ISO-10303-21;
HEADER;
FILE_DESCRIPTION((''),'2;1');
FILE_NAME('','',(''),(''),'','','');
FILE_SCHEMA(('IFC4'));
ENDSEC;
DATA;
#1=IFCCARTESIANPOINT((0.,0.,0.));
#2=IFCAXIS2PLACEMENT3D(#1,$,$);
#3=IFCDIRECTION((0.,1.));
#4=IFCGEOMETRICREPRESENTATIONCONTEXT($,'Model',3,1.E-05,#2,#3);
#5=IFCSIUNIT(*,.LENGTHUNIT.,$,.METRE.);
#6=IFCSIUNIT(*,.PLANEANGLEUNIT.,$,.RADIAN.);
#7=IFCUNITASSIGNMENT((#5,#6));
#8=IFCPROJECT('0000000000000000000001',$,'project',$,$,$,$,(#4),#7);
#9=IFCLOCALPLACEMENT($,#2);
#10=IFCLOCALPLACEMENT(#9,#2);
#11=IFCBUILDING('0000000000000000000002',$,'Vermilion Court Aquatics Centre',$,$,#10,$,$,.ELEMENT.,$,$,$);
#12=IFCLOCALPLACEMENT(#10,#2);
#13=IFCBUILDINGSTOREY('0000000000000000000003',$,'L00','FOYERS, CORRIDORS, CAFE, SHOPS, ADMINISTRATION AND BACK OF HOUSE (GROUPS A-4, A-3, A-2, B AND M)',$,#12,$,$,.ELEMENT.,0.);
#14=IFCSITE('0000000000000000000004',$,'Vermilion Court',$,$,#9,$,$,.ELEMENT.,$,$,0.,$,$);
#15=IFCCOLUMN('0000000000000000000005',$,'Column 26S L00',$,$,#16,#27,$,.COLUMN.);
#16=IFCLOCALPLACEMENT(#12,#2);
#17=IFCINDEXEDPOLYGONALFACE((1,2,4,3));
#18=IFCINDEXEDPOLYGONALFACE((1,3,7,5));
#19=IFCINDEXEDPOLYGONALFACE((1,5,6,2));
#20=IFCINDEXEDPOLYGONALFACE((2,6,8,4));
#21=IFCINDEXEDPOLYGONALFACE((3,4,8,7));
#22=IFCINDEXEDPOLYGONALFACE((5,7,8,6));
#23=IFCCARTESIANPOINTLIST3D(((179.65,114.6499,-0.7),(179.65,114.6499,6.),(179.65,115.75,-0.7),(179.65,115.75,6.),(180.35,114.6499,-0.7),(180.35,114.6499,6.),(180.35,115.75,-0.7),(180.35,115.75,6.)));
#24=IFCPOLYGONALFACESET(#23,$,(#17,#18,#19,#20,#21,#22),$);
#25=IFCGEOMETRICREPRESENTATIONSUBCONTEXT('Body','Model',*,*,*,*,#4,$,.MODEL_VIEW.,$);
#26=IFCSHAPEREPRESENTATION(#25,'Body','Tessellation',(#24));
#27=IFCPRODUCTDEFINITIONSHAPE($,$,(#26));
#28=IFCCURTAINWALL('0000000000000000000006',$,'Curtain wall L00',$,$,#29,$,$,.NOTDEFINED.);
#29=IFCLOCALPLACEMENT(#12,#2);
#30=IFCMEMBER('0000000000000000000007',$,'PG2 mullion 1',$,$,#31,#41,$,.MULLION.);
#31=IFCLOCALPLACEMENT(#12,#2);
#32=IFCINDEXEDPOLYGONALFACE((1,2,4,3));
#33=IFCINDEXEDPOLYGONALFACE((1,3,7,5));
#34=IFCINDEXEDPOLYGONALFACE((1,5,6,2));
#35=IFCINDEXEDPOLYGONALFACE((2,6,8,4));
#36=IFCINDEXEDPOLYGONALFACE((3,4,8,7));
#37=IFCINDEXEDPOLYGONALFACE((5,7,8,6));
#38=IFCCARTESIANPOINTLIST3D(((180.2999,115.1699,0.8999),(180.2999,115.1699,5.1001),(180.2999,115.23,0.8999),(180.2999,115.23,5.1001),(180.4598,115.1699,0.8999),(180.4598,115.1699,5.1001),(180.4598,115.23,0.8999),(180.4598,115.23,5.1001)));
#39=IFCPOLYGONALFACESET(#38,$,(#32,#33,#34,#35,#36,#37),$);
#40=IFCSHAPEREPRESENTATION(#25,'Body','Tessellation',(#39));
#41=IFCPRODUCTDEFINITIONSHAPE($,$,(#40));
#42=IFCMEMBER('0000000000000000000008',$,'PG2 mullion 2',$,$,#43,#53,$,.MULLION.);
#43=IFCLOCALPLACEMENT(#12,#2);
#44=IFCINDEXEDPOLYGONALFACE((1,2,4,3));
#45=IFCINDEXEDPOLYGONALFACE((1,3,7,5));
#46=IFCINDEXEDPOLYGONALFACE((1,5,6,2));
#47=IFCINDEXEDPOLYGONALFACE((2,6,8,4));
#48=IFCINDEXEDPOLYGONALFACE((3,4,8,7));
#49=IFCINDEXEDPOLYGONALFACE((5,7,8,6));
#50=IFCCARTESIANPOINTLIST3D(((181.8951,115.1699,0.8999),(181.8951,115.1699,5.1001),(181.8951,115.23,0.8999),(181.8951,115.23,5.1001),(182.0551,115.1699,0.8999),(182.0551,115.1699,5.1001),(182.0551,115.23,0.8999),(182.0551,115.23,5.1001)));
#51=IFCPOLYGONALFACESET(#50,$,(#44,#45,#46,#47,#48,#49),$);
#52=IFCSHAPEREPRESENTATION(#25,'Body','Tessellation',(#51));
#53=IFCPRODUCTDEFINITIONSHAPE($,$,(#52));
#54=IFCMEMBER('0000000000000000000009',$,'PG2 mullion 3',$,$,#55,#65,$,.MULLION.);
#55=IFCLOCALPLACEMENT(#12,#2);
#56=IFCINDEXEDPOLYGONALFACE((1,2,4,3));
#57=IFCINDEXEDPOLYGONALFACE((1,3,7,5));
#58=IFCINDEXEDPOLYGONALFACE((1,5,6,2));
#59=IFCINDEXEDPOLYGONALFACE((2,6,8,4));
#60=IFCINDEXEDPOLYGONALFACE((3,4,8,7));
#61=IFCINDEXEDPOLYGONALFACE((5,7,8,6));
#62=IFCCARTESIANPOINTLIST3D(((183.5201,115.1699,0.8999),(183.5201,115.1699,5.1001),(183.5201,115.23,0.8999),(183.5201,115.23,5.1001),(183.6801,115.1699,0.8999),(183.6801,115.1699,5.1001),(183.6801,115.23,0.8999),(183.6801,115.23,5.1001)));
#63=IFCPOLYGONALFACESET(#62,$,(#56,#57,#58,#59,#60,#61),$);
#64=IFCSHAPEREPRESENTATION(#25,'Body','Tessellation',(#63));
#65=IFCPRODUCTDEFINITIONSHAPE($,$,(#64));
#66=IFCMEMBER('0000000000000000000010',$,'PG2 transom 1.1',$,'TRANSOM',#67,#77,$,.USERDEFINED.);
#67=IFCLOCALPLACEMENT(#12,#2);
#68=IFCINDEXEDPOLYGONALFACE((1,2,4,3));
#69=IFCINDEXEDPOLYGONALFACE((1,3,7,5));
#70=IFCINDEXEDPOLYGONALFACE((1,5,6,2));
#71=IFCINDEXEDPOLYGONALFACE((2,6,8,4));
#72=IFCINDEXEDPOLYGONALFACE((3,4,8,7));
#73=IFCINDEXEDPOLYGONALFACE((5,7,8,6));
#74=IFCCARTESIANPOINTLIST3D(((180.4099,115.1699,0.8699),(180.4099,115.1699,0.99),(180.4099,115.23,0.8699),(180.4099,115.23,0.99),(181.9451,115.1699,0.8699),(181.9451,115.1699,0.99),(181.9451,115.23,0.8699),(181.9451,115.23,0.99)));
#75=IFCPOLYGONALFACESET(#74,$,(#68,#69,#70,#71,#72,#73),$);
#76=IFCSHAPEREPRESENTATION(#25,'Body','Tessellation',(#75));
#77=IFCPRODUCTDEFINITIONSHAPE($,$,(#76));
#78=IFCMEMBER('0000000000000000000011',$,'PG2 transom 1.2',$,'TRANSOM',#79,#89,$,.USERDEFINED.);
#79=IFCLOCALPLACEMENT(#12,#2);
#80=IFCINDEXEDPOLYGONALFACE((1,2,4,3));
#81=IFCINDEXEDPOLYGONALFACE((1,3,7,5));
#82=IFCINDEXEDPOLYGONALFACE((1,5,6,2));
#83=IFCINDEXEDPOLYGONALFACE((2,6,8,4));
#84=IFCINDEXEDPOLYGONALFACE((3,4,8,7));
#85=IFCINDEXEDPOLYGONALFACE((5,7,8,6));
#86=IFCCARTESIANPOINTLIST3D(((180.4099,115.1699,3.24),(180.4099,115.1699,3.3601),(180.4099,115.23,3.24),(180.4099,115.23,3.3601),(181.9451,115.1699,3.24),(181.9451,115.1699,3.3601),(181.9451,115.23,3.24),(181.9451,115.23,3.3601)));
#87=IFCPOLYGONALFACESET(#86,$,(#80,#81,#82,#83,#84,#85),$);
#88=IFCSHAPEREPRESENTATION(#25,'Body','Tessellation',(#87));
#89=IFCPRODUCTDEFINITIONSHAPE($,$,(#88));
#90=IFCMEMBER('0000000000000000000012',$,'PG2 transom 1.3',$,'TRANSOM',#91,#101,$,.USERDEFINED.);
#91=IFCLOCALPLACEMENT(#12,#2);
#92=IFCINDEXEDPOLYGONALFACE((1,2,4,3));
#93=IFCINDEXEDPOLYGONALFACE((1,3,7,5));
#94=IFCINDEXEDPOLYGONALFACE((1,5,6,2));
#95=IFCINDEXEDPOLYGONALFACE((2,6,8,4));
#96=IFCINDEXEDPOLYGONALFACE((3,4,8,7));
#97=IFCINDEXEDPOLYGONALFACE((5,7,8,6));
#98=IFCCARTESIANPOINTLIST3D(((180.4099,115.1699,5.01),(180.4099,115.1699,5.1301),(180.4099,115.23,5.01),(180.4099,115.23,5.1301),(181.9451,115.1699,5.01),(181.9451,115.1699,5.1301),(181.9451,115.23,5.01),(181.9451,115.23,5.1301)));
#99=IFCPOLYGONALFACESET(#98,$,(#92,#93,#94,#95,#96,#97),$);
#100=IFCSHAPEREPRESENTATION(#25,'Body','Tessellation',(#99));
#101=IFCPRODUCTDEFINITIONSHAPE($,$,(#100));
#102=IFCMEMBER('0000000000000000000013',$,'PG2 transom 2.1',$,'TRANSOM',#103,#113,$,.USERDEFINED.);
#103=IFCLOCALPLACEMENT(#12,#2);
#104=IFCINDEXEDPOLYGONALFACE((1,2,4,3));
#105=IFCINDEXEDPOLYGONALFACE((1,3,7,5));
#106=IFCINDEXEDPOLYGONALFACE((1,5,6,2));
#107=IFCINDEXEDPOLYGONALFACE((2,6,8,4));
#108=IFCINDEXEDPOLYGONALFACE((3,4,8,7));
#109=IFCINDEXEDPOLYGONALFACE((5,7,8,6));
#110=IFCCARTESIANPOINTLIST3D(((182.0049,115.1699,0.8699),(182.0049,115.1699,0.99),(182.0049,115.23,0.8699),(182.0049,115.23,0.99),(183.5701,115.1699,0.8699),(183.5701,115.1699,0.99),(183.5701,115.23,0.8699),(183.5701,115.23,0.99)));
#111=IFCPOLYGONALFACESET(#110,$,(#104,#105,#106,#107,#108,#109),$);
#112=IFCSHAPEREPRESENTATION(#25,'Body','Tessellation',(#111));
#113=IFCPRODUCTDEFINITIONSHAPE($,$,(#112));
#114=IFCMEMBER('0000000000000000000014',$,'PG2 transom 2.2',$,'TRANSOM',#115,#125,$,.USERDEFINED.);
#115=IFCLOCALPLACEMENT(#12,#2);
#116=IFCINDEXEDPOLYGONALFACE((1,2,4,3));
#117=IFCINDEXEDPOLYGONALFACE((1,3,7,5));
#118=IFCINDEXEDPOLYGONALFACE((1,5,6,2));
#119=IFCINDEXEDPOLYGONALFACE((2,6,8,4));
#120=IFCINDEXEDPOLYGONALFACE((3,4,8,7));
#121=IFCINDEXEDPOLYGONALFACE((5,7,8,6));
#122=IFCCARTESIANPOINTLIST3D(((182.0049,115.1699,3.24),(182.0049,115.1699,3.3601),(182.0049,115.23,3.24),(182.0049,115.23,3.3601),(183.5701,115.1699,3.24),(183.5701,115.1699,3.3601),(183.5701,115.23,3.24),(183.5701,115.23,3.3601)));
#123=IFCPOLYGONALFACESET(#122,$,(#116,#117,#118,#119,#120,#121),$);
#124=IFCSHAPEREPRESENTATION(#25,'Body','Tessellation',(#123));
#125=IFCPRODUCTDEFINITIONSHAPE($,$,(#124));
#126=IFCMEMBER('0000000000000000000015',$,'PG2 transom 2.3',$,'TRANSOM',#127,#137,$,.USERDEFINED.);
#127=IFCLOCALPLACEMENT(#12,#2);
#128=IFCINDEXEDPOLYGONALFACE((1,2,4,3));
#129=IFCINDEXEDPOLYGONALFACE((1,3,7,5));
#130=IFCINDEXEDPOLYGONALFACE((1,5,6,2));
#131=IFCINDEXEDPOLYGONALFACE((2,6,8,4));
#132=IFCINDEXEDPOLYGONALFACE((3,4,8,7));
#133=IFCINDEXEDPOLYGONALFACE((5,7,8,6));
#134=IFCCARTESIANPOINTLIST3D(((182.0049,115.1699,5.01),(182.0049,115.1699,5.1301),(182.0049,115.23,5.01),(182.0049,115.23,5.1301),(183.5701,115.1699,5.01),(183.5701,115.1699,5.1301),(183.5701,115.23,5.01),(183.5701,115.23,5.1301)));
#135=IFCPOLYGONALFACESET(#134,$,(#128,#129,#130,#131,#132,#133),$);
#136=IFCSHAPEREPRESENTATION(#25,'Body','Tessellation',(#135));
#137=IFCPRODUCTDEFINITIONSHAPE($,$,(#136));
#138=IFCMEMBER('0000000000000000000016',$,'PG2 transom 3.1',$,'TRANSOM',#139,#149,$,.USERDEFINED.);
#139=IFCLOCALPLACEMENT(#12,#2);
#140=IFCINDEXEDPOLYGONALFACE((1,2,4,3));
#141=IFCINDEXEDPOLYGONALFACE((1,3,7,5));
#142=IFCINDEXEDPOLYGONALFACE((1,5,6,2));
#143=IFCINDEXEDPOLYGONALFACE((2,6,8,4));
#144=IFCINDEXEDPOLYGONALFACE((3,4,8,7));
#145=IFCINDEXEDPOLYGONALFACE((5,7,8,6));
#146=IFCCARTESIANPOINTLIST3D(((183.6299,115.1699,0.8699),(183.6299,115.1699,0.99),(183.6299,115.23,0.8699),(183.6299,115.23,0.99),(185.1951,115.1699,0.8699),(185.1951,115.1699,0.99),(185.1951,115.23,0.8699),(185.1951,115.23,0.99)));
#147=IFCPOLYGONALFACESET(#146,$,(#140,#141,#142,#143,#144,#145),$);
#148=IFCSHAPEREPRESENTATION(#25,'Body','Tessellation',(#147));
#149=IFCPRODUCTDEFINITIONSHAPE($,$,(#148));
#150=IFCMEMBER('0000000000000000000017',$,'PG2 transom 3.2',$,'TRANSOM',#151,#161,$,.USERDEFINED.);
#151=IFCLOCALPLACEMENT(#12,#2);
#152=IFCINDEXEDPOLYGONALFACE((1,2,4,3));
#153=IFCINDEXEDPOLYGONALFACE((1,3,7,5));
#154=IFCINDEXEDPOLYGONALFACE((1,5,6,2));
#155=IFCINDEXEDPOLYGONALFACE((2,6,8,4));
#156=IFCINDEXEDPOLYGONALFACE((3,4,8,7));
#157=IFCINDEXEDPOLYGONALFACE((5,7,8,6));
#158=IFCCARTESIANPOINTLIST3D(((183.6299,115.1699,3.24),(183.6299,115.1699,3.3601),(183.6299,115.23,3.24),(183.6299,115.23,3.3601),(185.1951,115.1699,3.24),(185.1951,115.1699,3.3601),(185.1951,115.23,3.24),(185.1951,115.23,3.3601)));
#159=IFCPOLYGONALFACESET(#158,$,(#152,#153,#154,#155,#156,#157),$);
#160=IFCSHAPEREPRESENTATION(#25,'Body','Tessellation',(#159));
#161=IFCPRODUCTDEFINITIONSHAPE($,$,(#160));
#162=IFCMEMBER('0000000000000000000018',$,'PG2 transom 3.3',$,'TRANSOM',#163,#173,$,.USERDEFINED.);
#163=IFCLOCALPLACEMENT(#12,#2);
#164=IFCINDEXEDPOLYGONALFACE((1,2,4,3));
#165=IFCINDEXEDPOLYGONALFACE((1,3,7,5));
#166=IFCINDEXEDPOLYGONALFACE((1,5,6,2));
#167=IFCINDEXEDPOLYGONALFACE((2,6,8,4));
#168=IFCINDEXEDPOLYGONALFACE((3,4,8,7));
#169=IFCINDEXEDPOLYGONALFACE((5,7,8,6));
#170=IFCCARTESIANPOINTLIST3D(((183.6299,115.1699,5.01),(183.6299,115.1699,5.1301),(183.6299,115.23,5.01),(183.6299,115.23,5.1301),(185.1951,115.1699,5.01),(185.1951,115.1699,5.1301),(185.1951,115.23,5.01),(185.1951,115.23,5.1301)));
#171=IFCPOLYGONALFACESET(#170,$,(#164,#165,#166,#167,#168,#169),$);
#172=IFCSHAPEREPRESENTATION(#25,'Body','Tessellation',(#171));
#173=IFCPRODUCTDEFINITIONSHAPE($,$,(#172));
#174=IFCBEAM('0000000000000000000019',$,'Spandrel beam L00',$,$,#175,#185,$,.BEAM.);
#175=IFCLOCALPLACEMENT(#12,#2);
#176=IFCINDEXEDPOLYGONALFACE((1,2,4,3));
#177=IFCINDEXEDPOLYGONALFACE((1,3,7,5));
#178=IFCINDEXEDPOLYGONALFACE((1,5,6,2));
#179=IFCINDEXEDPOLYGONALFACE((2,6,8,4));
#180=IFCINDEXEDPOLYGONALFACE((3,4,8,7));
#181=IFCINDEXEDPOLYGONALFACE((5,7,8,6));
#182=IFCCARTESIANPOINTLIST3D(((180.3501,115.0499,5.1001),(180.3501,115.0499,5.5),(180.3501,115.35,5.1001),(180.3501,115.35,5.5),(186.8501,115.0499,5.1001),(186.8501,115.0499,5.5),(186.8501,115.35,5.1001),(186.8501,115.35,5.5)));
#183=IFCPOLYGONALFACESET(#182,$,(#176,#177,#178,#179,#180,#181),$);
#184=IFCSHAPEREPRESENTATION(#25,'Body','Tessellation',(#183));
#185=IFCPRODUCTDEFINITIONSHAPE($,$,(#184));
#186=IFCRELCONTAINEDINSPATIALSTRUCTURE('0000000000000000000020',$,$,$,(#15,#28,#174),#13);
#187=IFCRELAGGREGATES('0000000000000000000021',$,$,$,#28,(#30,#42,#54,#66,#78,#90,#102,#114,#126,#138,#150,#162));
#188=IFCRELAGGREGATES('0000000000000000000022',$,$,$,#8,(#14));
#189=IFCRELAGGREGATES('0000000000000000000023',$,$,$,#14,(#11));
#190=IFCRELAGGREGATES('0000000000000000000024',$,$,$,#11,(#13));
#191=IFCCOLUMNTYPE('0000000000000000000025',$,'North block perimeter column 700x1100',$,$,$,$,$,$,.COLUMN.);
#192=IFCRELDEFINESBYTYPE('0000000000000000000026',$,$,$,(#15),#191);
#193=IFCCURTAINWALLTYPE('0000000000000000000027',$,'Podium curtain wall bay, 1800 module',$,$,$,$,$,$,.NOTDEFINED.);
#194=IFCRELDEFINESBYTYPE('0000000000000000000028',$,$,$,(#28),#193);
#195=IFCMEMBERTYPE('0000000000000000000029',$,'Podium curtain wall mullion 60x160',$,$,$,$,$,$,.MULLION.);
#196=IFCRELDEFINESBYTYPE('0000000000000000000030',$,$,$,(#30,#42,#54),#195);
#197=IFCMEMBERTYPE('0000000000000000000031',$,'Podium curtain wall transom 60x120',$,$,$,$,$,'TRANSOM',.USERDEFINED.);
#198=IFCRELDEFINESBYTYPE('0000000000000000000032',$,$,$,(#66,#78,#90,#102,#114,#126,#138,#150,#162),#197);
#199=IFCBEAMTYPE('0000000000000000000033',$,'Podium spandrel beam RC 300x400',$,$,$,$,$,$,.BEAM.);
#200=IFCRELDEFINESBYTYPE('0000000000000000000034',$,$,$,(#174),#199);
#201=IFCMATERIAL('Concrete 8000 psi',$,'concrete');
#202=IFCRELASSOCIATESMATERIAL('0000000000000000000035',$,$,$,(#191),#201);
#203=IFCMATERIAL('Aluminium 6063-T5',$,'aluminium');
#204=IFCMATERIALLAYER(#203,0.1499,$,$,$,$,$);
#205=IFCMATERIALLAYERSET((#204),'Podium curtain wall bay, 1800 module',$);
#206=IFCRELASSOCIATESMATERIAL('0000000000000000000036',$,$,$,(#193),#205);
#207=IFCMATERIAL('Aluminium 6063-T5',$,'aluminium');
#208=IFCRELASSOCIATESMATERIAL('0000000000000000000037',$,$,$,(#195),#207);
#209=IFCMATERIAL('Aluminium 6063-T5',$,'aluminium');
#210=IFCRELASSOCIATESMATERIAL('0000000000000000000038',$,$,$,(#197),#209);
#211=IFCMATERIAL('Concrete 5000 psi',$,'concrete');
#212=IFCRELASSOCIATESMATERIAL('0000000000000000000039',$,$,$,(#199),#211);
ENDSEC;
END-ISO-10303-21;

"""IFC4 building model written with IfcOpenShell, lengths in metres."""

from ifc_helpers import new_model, si_unit, direction, frame, origin, origin_2d, place, context, subcontext, project, spatial, rectangle, extrude, material, layer, layer_set, material_profile, profile_set, type_object, element, aggregate, save


model = new_model("IFC4")

# Units and contexts
model_context = context("Model", 3, precision=1e-05, world=origin(), true_north=direction((0.0, 1.0)))
body_context = subcontext(model_context, "Body", "Model", "MODEL_VIEW")
ifc_project = project(units=[si_unit("LENGTHUNIT", "METRE"), si_unit("PLANEANGLEUNIT", "RADIAN")], contexts=[model_context])

# Site, building, storey
site_placement = place(None, origin())
site = spatial("IfcSite", under=ifc_project, at=site_placement, Name="Vermilion Court", CompositionType="ELEMENT", RefElevation=0.0)
building_placement = place(site_placement, origin())
building = spatial("IfcBuilding", under=site, at=building_placement, Name="Vermilion Court Aquatics Centre", CompositionType="ELEMENT")
storey_placement = place(building_placement, origin())
storey = spatial("IfcBuildingStorey", under=building, at=storey_placement, Name="L00", Description="FOYERS, CORRIDORS, CAFE, SHOPS, ADMINISTRATION AND BACK OF HOUSE (GROUPS A-4, A-3, A-2, B AND M)", CompositionType="ELEMENT", Elevation=0.0)

# Column
ifc_material_1 = material(Name="Concrete 8000 psi", Category="concrete")
ifc_material_profile_1 = material_profile(ifc_material_1, rectangle(XDim=0.7, YDim=1.1001, at=origin_2d()), Name="RC 700x1100")
ifc_profile_set_1 = profile_set([ifc_material_profile_1], Name="Concrete 8000 psi")
column_type = type_object("IfcColumnType", Name="North block perimeter column 700x1100", PredefinedType="COLUMN", material=ifc_profile_set_1)
column_placement = place(storey_placement, frame((180.0, 115.2, -0.7), z_axis=(0.0, 0.0, 1.0), x_axis=(1.0, 0.0, 0.0)))
element("IfcColumn", 1, at=column_placement, inside=storey, type_object=column_type, Name="Column 26S L00", PredefinedType="COLUMN", context=body_context, shape_type="SweptSolid", body=[
    extrude(rectangle(XDim=0.7, YDim=1.1001, at=origin_2d()), origin(), (0.0, 0.0, 1.0), 6.7),
])

# Curtain wall, members
ifc_material_2 = material(Name="Aluminium 6063-T5", Category="aluminium")
ifc_layer_1 = layer(ifc_material_2, 0.1499)
ifc_layer_set_1 = layer_set([ifc_layer_1], Name="Podium curtain wall bay, 1800 module")
curtain_wall_type = type_object("IfcCurtainWallType", Name="Podium curtain wall bay, 1800 module", PredefinedType="NOTDEFINED", material=ifc_layer_set_1)
curtain_wall_placement = place(storey_placement, origin())
curtain_wall = element("IfcCurtainWall", 2, at=curtain_wall_placement, inside=storey, type_object=curtain_wall_type, Name="Curtain wall L00", PredefinedType="NOTDEFINED")
ifc_material_3 = material(Name="Aluminium 6063-T5", Category="aluminium")
ifc_material_profile_2 = material_profile(ifc_material_3, rectangle(XDim=0.0601, YDim=0.1599, at=origin_2d()), Name="Mullion 60x160")
ifc_profile_set_2 = profile_set([ifc_material_profile_2], Name="Aluminium 6063-T5")
member_type_1 = type_object("IfcMemberType", Name="Podium curtain wall mullion 60x160", PredefinedType="MULLION", material=ifc_profile_set_2)
member_1_placement = place(storey_placement, frame((180.3799, 115.2, 0.8999), z_axis=(0.0, 0.0, 1.0), x_axis=(0.0, 1.0, 0.0)))
member_1 = element("IfcMember", 3, at=member_1_placement, type_object=member_type_1, Name="PG2 mullion 1", PredefinedType="MULLION", context=body_context, shape_type="SweptSolid", body=[
    extrude(rectangle(XDim=0.0601, YDim=0.1599, at=origin_2d()), origin(), (0.0, 0.0, 1.0), 4.2002),
])
member_2_placement = place(storey_placement, frame((181.9751, 115.2, 0.8999), z_axis=(0.0, 0.0, 1.0), x_axis=(0.0, 1.0, 0.0)))
member_2 = element("IfcMember", 4, at=member_2_placement, type_object=member_type_1, Name="PG2 mullion 2", PredefinedType="MULLION", context=body_context, shape_type="SweptSolid", body=[
    extrude(rectangle(XDim=0.0601, YDim=0.1599, at=origin_2d()), origin(), (0.0, 0.0, 1.0), 4.2002),
])
member_3_placement = place(storey_placement, frame((183.6001, 115.2, 0.8999), z_axis=(0.0, 0.0, 1.0), x_axis=(0.0, 1.0, 0.0)))
member_3 = element("IfcMember", 5, at=member_3_placement, type_object=member_type_1, Name="PG2 mullion 3", PredefinedType="MULLION", context=body_context, shape_type="SweptSolid", body=[
    extrude(rectangle(XDim=0.0601, YDim=0.1599, at=origin_2d()), origin(), (0.0, 0.0, 1.0), 4.2002),
])
ifc_material_4 = material(Name="Aluminium 6063-T5", Category="aluminium")
ifc_material_profile_3 = material_profile(ifc_material_4, rectangle(XDim=0.0601, YDim=0.1201, at=origin_2d()), Name="Transom 60x120")
ifc_profile_set_3 = profile_set([ifc_material_profile_3], Name="Aluminium 6063-T5")
member_type_2 = type_object("IfcMemberType", Name="Podium curtain wall transom 60x120", ElementType="TRANSOM", PredefinedType="USERDEFINED", material=ifc_profile_set_3)
member_4_placement = place(storey_placement, frame((180.4099, 115.2, 0.9299), z_axis=(1.0, 0.0, 0.0), x_axis=(0.0, 1.0, 0.0)))
member_4 = element("IfcMember", 6, at=member_4_placement, type_object=member_type_2, Name="PG2 transom 1.1", ObjectType="TRANSOM", PredefinedType="USERDEFINED", context=body_context, shape_type="SweptSolid", body=[
    extrude(rectangle(XDim=0.0601, YDim=0.1201, at=origin_2d()), origin(), (0.0, 0.0, 1.0), 1.5352),
])
member_5_placement = place(storey_placement, frame((180.4099, 115.2, 3.3), z_axis=(1.0, 0.0, 0.0), x_axis=(0.0, 1.0, 0.0)))
member_5 = element("IfcMember", 7, at=member_5_placement, type_object=member_type_2, Name="PG2 transom 1.2", ObjectType="TRANSOM", PredefinedType="USERDEFINED", context=body_context, shape_type="SweptSolid", body=[
    extrude(rectangle(XDim=0.0601, YDim=0.1201, at=origin_2d()), origin(), (0.0, 0.0, 1.0), 1.5352),
])
member_6_placement = place(storey_placement, frame((180.4099, 115.2, 5.0701), z_axis=(1.0, 0.0, 0.0), x_axis=(0.0, 1.0, 0.0)))
member_6 = element("IfcMember", 8, at=member_6_placement, type_object=member_type_2, Name="PG2 transom 1.3", ObjectType="TRANSOM", PredefinedType="USERDEFINED", context=body_context, shape_type="SweptSolid", body=[
    extrude(rectangle(XDim=0.0601, YDim=0.1201, at=origin_2d()), origin(), (0.0, 0.0, 1.0), 1.5352),
])
member_7_placement = place(storey_placement, frame((182.0049, 115.2, 0.9299), z_axis=(1.0, 0.0, 0.0), x_axis=(0.0, 1.0, 0.0)))
member_7 = element("IfcMember", 9, at=member_7_placement, type_object=member_type_2, Name="PG2 transom 2.1", ObjectType="TRANSOM", PredefinedType="USERDEFINED", context=body_context, shape_type="SweptSolid", body=[
    extrude(rectangle(XDim=0.0601, YDim=0.1201, at=origin_2d()), origin(), (0.0, 0.0, 1.0), 1.5652),
])
member_8_placement = place(storey_placement, frame((182.0049, 115.2, 3.3), z_axis=(1.0, 0.0, 0.0), x_axis=(0.0, 1.0, 0.0)))
member_8 = element("IfcMember", 10, at=member_8_placement, type_object=member_type_2, Name="PG2 transom 2.2", ObjectType="TRANSOM", PredefinedType="USERDEFINED", context=body_context, shape_type="SweptSolid", body=[
    extrude(rectangle(XDim=0.0601, YDim=0.1201, at=origin_2d()), origin(), (0.0, 0.0, 1.0), 1.5652),
])
member_9_placement = place(storey_placement, frame((182.0049, 115.2, 5.0701), z_axis=(1.0, 0.0, 0.0), x_axis=(0.0, 1.0, 0.0)))
member_9 = element("IfcMember", 11, at=member_9_placement, type_object=member_type_2, Name="PG2 transom 2.3", ObjectType="TRANSOM", PredefinedType="USERDEFINED", context=body_context, shape_type="SweptSolid", body=[
    extrude(rectangle(XDim=0.0601, YDim=0.1201, at=origin_2d()), origin(), (0.0, 0.0, 1.0), 1.5652),
])
member_10_placement = place(storey_placement, frame((183.6299, 115.2, 0.9299), z_axis=(1.0, 0.0, 0.0), x_axis=(0.0, 1.0, 0.0)))
member_10 = element("IfcMember", 12, at=member_10_placement, type_object=member_type_2, Name="PG2 transom 3.1", ObjectType="TRANSOM", PredefinedType="USERDEFINED", context=body_context, shape_type="SweptSolid", body=[
    extrude(rectangle(XDim=0.0601, YDim=0.1201, at=origin_2d()), origin(), (0.0, 0.0, 1.0), 1.5652),
])
member_11_placement = place(storey_placement, frame((183.6299, 115.2, 3.3), z_axis=(1.0, 0.0, 0.0), x_axis=(0.0, 1.0, 0.0)))
member_11 = element("IfcMember", 13, at=member_11_placement, type_object=member_type_2, Name="PG2 transom 3.2", ObjectType="TRANSOM", PredefinedType="USERDEFINED", context=body_context, shape_type="SweptSolid", body=[
    extrude(rectangle(XDim=0.0601, YDim=0.1201, at=origin_2d()), origin(), (0.0, 0.0, 1.0), 1.5652),
])
member_12_placement = place(storey_placement, frame((183.6299, 115.2, 5.0701), z_axis=(1.0, 0.0, 0.0), x_axis=(0.0, 1.0, 0.0)))
member_12 = element("IfcMember", 14, at=member_12_placement, type_object=member_type_2, Name="PG2 transom 3.3", ObjectType="TRANSOM", PredefinedType="USERDEFINED", context=body_context, shape_type="SweptSolid", body=[
    extrude(rectangle(XDim=0.0601, YDim=0.1201, at=origin_2d()), origin(), (0.0, 0.0, 1.0), 1.5652),
])

# Beam
ifc_material_5 = material(Name="Concrete 5000 psi", Category="concrete")
ifc_material_profile_4 = material_profile(ifc_material_5, rectangle(XDim=0.3, YDim=0.3999, at=origin_2d()), Name="RC 300x400")
ifc_profile_set_4 = profile_set([ifc_material_profile_4], Name="Concrete 5000 psi")
beam_type = type_object("IfcBeamType", Name="Podium spandrel beam RC 300x400", PredefinedType="BEAM", material=ifc_profile_set_4)
beam_placement = place(storey_placement, frame((180.3501, 115.2, 5.3), z_axis=(1.0, 0.0, 0.0), x_axis=(0.0, 1.0, 0.0)))
element("IfcBeam", 15, at=beam_placement, inside=storey, type_object=beam_type, Name="Spandrel beam L00", PredefinedType="BEAM", context=body_context, shape_type="SweptSolid", body=[
    extrude(rectangle(XDim=0.3, YDim=0.3999, at=origin_2d()), origin(), (0.0, 0.0, 1.0), 6.5),
])

aggregate(curtain_wall, [member_1, member_2, member_3, member_4, member_5, member_6, member_7, member_8, member_9, member_10, member_11, member_12])

save(model, "model.ifc")
